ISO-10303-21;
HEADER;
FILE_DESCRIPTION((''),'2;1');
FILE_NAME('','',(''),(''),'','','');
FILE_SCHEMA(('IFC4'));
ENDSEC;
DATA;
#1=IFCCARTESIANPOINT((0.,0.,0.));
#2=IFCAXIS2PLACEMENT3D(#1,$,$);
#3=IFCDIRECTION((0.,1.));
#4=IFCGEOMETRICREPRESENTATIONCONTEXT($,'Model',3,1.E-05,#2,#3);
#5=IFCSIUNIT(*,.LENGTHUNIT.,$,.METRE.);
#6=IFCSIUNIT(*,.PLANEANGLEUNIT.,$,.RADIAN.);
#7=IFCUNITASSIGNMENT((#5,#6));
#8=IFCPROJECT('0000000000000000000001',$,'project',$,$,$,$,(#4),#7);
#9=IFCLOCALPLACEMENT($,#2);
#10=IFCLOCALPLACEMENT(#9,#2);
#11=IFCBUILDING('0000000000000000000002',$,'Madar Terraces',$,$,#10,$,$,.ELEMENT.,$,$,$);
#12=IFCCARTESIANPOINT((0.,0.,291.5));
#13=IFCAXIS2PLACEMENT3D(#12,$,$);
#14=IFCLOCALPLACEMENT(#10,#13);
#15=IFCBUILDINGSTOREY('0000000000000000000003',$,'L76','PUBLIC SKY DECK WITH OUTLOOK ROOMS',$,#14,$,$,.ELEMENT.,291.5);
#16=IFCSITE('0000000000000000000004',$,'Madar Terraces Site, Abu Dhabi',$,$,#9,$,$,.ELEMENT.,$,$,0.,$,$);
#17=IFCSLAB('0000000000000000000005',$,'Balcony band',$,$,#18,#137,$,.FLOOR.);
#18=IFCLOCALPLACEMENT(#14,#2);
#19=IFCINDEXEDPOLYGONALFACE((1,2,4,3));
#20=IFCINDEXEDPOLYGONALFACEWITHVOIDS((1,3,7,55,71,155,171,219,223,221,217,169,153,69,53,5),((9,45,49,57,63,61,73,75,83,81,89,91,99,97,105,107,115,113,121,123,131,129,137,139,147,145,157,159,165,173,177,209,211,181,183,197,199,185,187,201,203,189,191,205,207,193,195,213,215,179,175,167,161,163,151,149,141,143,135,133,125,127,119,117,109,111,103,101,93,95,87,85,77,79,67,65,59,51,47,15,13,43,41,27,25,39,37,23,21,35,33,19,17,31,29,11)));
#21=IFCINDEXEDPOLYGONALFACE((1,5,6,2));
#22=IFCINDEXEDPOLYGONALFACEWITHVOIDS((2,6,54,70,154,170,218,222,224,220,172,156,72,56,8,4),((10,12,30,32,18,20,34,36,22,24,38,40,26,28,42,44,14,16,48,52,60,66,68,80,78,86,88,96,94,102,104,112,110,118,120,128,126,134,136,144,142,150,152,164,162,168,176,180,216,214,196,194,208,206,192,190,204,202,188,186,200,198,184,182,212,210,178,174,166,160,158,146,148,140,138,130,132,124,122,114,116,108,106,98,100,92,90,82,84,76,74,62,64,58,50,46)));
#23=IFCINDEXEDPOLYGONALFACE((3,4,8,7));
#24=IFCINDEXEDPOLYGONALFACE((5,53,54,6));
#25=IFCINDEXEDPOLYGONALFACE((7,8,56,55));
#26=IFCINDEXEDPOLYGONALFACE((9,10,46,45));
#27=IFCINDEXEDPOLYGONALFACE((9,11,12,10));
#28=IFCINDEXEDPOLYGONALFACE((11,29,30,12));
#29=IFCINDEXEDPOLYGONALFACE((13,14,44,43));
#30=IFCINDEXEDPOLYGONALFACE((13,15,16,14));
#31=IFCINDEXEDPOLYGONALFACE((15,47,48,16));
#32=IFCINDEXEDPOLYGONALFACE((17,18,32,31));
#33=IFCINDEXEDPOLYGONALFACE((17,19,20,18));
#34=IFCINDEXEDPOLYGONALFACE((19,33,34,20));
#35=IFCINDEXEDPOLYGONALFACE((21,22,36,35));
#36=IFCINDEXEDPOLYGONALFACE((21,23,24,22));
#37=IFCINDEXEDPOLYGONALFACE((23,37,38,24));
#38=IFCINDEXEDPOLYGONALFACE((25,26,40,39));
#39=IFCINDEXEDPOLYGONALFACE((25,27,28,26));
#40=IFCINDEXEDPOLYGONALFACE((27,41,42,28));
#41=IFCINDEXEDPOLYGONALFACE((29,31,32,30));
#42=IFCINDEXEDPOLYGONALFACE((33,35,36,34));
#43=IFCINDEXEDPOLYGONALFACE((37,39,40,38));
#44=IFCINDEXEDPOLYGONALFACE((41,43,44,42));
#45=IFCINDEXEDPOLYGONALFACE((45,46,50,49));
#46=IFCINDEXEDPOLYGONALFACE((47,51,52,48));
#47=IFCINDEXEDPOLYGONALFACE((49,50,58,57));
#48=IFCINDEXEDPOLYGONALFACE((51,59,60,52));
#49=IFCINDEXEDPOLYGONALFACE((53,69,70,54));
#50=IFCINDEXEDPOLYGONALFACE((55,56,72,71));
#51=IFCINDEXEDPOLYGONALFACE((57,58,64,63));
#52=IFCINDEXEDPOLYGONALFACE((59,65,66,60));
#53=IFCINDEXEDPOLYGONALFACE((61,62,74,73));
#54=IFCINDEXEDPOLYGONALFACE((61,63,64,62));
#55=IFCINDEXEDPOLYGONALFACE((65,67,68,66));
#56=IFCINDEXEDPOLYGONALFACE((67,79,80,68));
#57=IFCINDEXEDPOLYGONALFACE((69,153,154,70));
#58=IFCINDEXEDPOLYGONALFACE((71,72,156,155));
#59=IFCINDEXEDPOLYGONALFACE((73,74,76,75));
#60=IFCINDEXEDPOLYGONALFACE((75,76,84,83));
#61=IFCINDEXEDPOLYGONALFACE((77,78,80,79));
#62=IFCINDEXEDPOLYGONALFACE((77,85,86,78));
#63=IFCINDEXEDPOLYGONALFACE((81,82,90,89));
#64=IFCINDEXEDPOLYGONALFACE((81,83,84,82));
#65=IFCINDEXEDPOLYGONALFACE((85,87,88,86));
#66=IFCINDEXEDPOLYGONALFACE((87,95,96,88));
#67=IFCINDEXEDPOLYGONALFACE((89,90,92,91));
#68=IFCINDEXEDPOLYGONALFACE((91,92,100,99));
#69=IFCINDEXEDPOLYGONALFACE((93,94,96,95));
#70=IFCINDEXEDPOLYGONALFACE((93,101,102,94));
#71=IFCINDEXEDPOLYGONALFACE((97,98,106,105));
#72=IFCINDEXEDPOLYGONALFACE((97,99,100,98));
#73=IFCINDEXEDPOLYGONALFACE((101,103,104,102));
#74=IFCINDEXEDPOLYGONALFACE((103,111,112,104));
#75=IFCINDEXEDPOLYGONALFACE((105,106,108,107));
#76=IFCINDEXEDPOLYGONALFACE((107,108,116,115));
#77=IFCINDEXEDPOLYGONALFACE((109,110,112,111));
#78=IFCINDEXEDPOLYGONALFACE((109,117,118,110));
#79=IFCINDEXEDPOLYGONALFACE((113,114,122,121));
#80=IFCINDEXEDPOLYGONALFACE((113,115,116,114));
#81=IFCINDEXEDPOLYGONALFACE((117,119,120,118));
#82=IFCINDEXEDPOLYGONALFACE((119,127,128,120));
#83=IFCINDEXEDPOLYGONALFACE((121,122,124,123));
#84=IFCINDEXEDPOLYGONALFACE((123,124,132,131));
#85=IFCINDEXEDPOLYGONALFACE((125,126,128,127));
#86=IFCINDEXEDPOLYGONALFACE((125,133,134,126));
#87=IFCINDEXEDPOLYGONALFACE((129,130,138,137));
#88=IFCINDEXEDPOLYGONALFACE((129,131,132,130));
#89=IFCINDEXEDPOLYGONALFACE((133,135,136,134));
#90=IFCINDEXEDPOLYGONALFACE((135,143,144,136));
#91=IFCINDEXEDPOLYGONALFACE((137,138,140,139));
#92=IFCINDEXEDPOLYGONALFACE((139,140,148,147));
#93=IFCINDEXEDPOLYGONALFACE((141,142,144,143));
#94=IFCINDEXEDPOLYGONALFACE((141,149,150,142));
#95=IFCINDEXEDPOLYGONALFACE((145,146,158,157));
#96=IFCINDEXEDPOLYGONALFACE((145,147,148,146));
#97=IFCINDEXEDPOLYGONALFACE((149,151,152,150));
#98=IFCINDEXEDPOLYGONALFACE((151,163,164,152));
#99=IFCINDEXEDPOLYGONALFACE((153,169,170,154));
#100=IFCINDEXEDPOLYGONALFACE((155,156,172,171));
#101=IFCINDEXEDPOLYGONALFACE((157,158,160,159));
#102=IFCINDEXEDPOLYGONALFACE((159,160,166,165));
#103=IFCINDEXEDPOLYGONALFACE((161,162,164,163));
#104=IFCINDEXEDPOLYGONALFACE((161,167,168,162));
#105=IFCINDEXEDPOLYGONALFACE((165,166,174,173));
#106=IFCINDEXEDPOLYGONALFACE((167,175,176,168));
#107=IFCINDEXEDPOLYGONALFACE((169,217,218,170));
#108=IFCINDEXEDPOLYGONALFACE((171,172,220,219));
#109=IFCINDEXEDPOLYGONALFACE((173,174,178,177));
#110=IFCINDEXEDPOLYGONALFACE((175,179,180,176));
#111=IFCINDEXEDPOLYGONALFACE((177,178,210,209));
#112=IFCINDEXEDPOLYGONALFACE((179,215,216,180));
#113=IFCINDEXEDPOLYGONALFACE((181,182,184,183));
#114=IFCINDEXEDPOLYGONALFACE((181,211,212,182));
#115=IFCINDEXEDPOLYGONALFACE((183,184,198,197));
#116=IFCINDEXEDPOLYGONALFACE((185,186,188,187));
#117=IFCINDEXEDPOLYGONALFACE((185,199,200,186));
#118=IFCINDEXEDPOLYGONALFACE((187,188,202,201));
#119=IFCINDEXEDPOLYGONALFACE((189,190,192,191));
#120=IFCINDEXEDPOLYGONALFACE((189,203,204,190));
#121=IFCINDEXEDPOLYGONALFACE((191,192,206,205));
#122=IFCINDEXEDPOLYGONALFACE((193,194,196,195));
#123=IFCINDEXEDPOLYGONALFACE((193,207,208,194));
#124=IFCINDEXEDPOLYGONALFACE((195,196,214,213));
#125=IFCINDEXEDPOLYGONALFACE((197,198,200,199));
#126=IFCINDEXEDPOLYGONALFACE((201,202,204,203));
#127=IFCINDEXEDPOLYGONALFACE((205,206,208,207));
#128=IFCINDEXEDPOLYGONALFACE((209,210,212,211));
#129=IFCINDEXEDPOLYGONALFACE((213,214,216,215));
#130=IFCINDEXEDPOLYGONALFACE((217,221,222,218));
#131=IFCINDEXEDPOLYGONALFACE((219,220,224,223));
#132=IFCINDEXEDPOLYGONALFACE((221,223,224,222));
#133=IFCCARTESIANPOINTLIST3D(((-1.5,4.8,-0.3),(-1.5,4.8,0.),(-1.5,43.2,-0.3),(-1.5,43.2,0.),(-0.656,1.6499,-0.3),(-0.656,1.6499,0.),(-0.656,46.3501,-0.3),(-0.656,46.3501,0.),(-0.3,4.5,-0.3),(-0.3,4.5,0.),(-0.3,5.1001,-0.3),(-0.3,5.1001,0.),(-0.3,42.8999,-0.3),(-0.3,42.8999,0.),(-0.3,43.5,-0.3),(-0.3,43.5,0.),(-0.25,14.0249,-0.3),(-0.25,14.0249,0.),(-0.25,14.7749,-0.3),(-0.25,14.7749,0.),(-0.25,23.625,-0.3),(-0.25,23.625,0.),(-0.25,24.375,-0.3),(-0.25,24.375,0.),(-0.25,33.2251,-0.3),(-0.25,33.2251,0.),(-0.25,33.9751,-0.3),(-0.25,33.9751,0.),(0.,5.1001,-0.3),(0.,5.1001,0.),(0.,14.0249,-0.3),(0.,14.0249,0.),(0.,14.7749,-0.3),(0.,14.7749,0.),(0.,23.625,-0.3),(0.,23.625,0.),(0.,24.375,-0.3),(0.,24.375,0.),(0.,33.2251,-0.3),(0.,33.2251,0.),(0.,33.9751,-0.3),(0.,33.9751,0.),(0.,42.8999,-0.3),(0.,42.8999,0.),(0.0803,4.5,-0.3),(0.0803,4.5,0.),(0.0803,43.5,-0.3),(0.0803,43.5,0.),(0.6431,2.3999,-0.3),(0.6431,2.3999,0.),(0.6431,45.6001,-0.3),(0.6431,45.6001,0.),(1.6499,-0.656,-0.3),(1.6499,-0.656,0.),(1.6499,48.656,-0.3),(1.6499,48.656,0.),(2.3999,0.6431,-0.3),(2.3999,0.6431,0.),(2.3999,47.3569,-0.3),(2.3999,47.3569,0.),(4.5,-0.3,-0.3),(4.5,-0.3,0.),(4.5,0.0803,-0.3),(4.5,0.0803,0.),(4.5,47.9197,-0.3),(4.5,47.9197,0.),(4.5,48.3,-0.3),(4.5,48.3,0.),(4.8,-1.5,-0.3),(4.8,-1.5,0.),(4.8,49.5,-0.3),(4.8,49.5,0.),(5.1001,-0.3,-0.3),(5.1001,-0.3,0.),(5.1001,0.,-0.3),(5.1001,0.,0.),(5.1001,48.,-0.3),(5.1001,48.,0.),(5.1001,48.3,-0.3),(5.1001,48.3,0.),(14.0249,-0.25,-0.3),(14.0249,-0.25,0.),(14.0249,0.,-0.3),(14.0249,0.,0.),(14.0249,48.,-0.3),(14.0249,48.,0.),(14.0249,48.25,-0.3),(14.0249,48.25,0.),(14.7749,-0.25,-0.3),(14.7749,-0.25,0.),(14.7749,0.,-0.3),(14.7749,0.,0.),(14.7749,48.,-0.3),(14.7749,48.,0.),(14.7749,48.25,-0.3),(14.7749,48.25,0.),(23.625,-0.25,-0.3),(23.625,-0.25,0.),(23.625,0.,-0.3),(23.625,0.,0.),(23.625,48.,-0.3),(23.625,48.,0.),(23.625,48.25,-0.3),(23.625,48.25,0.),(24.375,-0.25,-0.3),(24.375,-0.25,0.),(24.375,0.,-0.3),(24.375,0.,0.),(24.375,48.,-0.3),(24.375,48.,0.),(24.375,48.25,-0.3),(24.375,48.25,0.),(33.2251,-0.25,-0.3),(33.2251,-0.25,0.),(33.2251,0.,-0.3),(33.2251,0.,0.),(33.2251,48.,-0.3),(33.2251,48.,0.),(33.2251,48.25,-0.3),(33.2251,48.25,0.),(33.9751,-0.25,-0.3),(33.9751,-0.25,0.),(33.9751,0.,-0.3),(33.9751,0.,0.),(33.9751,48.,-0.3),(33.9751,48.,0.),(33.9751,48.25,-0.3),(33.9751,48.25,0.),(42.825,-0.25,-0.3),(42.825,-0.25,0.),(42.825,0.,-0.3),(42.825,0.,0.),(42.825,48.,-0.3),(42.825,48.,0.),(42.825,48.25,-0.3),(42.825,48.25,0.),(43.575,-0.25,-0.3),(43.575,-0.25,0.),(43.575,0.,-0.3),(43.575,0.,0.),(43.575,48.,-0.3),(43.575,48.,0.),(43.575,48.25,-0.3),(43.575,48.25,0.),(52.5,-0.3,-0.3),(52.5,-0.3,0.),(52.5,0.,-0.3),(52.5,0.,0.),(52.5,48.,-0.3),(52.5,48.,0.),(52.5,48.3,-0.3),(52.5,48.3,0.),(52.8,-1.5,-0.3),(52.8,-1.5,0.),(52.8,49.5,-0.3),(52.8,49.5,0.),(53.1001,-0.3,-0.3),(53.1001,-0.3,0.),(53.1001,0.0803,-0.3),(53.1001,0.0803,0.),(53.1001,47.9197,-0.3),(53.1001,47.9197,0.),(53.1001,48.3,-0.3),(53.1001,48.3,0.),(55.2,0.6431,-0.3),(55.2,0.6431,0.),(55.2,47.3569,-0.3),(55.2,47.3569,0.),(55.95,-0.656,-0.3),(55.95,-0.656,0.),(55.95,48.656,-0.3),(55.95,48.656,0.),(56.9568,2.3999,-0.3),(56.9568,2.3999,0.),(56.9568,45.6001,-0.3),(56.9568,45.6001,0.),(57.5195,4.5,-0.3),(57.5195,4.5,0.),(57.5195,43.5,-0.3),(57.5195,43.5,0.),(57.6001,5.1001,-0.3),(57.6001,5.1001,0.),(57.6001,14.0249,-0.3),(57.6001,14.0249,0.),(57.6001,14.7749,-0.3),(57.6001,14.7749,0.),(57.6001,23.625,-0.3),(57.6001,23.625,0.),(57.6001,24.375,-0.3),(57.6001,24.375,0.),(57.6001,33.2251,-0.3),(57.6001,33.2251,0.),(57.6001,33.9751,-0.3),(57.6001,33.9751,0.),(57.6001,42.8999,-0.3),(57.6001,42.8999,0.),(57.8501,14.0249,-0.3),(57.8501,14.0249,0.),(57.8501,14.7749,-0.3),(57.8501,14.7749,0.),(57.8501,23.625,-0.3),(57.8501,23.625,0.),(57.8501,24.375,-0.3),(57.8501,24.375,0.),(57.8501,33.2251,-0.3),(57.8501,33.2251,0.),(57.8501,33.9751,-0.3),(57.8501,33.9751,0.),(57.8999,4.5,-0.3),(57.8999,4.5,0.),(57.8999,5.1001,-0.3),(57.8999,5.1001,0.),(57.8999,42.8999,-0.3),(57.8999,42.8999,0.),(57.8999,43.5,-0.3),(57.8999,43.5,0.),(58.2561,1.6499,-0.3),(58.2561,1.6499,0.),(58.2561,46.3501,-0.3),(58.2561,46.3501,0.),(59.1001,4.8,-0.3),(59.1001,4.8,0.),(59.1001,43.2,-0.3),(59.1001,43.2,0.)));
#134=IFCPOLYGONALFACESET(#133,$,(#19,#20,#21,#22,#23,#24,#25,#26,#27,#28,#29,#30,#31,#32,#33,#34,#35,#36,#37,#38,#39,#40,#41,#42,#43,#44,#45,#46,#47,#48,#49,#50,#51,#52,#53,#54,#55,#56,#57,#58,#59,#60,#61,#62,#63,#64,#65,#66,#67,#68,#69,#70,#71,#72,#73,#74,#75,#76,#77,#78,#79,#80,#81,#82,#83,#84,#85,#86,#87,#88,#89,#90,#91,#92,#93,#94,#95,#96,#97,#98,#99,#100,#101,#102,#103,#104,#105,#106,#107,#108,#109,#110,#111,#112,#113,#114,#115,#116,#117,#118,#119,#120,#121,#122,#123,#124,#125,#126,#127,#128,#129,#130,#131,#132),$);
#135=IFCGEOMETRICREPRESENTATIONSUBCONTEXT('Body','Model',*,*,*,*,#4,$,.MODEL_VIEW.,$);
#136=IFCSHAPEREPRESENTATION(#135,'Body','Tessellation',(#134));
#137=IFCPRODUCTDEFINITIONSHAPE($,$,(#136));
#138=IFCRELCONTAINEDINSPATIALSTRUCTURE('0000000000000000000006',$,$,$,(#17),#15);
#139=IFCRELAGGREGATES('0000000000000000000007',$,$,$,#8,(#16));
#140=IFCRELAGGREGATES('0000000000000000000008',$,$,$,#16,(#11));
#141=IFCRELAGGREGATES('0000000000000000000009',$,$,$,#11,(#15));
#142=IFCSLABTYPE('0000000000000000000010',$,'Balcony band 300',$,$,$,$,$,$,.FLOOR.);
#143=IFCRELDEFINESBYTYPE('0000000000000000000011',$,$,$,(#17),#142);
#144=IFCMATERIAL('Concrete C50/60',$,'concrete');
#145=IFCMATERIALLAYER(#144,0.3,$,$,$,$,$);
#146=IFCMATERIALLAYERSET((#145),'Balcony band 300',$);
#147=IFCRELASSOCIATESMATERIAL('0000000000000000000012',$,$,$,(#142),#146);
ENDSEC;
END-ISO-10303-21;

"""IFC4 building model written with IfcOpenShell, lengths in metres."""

from ifc_helpers import new_model, si_unit, direction, frame, origin, place, context, subcontext, project, spatial, polyline, outline, extrude, material, layer, layer_set, type_object, element, save


model = new_model("IFC4")

# Units and contexts
model_context = context("Model", 3, precision=1e-05, world=origin(), true_north=direction((0.0, 1.0)))
body_context = subcontext(model_context, "Body", "Model", "MODEL_VIEW")
ifc_project = project(units=[si_unit("LENGTHUNIT", "METRE"), si_unit("PLANEANGLEUNIT", "RADIAN")], contexts=[model_context])

# Site, building, storey
site_placement = place(None, origin())
site = spatial("IfcSite", under=ifc_project, at=site_placement, Name="Madar Terraces Site, Abu Dhabi", CompositionType="ELEMENT", RefElevation=0.0)
building_placement = place(site_placement, origin())
building = spatial("IfcBuilding", under=site, at=building_placement, Name="Madar Terraces", CompositionType="ELEMENT")
storey_placement = place(building_placement, frame((0.0, 0.0, 291.5)))
storey = spatial("IfcBuildingStorey", under=building, at=storey_placement, Name="L76", Description="PUBLIC SKY DECK WITH OUTLOOK ROOMS", CompositionType="ELEMENT", Elevation=291.5)

# Slab
ifc_material_1 = material(Name="Concrete C50/60", Category="concrete")
ifc_layer_1 = layer(ifc_material_1, 0.3)
ifc_layer_set_1 = layer_set([ifc_layer_1], Name="Balcony band 300")
slab_type_1 = type_object("IfcSlabType", Name="Balcony band 300", PredefinedType="FLOOR", material=ifc_layer_set_1)
slab_1_placement = place(storey_placement, frame((0.0, 0.0, -0.3)))
element("IfcSlab", 1, at=slab_1_placement, inside=storey, type_object=slab_type_1, Name="Balcony band", PredefinedType="FLOOR", context=body_context, shape_type="SweptSolid", body=[
    extrude(outline(polyline([(4.8, -1.5), (1.6499, -0.656), (-0.656, 1.6499), (-1.5, 4.8), (-1.5, 43.2), (-0.656, 46.3501), (1.6499, 48.656), (4.8, 49.5), (52.8, 49.5), (55.95, 48.656), (58.2561, 46.3501), (59.1001, 43.2), (59.1001, 4.8), (58.2561, 1.6499), (55.95, -0.656), (52.8, -1.5), (4.8, -1.5)]), holes=[polyline([(5.1001, -0.3), (5.1001, 0.0), (14.0249, 0.0), (14.0249, -0.25), (14.7749, -0.25), (14.7749, 0.0), (23.625, 0.0), (23.625, -0.25), (24.375, -0.25), (24.375, 0.0), (33.2251, 0.0), (33.2251, -0.25), (33.9751, -0.25), (33.9751, 0.0), (42.825, 0.0), (42.825, -0.25), (43.575, -0.25), (43.575, 0.0), (52.5, 0.0), (52.5, -0.3), (53.1001, -0.3), (53.1001, 0.0803), (55.2, 0.6431), (56.9568, 2.3999), (57.5195, 4.5), (57.8999, 4.5), (57.8999, 5.1001), (57.6001, 5.1001), (57.6001, 14.0249), (57.8501, 14.0249), (57.8501, 14.7749), (57.6001, 14.7749), (57.6001, 23.625), (57.8501, 23.625), (57.8501, 24.375), (57.6001, 24.375), (57.6001, 33.2251), (57.8501, 33.2251), (57.8501, 33.9751), (57.6001, 33.9751), (57.6001, 42.8999), (57.8999, 42.8999), (57.8999, 43.5), (57.5195, 43.5), (56.9568, 45.6001), (55.2, 47.3569), (53.1001, 47.9197), (53.1001, 48.3), (52.5, 48.3), (52.5, 48.0), (43.575, 48.0), (43.575, 48.25), (42.825, 48.25), (42.825, 48.0), (33.9751, 48.0), (33.9751, 48.25), (33.2251, 48.25), (33.2251, 48.0), (24.375, 48.0), (24.375, 48.25), (23.625, 48.25), (23.625, 48.0), (14.7749, 48.0), (14.7749, 48.25), (14.0249, 48.25), (14.0249, 48.0), (5.1001, 48.0), (5.1001, 48.3), (4.5, 48.3), (4.5, 47.9197), (2.3999, 47.3569), (0.6431, 45.6001), (0.0803, 43.5), (-0.3, 43.5), (-0.3, 42.8999), (0.0, 42.8999), (0.0, 33.9751), (-0.25, 33.9751), (-0.25, 33.2251), (0.0, 33.2251), (0.0, 24.375), (-0.25, 24.375), (-0.25, 23.625), (0.0, 23.625), (0.0, 14.7749), (-0.25, 14.7749), (-0.25, 14.0249), (0.0, 14.0249), (0.0, 5.1001), (-0.3, 5.1001), (-0.3, 4.5), (0.0803, 4.5), (0.6431, 2.3999), (2.3999, 0.6431), (4.5, 0.0803), (4.5, -0.3), (5.1001, -0.3)])]), origin(), (0.0, 0.0, 1.0), 0.3),
])

save(model, "model.ifc")
